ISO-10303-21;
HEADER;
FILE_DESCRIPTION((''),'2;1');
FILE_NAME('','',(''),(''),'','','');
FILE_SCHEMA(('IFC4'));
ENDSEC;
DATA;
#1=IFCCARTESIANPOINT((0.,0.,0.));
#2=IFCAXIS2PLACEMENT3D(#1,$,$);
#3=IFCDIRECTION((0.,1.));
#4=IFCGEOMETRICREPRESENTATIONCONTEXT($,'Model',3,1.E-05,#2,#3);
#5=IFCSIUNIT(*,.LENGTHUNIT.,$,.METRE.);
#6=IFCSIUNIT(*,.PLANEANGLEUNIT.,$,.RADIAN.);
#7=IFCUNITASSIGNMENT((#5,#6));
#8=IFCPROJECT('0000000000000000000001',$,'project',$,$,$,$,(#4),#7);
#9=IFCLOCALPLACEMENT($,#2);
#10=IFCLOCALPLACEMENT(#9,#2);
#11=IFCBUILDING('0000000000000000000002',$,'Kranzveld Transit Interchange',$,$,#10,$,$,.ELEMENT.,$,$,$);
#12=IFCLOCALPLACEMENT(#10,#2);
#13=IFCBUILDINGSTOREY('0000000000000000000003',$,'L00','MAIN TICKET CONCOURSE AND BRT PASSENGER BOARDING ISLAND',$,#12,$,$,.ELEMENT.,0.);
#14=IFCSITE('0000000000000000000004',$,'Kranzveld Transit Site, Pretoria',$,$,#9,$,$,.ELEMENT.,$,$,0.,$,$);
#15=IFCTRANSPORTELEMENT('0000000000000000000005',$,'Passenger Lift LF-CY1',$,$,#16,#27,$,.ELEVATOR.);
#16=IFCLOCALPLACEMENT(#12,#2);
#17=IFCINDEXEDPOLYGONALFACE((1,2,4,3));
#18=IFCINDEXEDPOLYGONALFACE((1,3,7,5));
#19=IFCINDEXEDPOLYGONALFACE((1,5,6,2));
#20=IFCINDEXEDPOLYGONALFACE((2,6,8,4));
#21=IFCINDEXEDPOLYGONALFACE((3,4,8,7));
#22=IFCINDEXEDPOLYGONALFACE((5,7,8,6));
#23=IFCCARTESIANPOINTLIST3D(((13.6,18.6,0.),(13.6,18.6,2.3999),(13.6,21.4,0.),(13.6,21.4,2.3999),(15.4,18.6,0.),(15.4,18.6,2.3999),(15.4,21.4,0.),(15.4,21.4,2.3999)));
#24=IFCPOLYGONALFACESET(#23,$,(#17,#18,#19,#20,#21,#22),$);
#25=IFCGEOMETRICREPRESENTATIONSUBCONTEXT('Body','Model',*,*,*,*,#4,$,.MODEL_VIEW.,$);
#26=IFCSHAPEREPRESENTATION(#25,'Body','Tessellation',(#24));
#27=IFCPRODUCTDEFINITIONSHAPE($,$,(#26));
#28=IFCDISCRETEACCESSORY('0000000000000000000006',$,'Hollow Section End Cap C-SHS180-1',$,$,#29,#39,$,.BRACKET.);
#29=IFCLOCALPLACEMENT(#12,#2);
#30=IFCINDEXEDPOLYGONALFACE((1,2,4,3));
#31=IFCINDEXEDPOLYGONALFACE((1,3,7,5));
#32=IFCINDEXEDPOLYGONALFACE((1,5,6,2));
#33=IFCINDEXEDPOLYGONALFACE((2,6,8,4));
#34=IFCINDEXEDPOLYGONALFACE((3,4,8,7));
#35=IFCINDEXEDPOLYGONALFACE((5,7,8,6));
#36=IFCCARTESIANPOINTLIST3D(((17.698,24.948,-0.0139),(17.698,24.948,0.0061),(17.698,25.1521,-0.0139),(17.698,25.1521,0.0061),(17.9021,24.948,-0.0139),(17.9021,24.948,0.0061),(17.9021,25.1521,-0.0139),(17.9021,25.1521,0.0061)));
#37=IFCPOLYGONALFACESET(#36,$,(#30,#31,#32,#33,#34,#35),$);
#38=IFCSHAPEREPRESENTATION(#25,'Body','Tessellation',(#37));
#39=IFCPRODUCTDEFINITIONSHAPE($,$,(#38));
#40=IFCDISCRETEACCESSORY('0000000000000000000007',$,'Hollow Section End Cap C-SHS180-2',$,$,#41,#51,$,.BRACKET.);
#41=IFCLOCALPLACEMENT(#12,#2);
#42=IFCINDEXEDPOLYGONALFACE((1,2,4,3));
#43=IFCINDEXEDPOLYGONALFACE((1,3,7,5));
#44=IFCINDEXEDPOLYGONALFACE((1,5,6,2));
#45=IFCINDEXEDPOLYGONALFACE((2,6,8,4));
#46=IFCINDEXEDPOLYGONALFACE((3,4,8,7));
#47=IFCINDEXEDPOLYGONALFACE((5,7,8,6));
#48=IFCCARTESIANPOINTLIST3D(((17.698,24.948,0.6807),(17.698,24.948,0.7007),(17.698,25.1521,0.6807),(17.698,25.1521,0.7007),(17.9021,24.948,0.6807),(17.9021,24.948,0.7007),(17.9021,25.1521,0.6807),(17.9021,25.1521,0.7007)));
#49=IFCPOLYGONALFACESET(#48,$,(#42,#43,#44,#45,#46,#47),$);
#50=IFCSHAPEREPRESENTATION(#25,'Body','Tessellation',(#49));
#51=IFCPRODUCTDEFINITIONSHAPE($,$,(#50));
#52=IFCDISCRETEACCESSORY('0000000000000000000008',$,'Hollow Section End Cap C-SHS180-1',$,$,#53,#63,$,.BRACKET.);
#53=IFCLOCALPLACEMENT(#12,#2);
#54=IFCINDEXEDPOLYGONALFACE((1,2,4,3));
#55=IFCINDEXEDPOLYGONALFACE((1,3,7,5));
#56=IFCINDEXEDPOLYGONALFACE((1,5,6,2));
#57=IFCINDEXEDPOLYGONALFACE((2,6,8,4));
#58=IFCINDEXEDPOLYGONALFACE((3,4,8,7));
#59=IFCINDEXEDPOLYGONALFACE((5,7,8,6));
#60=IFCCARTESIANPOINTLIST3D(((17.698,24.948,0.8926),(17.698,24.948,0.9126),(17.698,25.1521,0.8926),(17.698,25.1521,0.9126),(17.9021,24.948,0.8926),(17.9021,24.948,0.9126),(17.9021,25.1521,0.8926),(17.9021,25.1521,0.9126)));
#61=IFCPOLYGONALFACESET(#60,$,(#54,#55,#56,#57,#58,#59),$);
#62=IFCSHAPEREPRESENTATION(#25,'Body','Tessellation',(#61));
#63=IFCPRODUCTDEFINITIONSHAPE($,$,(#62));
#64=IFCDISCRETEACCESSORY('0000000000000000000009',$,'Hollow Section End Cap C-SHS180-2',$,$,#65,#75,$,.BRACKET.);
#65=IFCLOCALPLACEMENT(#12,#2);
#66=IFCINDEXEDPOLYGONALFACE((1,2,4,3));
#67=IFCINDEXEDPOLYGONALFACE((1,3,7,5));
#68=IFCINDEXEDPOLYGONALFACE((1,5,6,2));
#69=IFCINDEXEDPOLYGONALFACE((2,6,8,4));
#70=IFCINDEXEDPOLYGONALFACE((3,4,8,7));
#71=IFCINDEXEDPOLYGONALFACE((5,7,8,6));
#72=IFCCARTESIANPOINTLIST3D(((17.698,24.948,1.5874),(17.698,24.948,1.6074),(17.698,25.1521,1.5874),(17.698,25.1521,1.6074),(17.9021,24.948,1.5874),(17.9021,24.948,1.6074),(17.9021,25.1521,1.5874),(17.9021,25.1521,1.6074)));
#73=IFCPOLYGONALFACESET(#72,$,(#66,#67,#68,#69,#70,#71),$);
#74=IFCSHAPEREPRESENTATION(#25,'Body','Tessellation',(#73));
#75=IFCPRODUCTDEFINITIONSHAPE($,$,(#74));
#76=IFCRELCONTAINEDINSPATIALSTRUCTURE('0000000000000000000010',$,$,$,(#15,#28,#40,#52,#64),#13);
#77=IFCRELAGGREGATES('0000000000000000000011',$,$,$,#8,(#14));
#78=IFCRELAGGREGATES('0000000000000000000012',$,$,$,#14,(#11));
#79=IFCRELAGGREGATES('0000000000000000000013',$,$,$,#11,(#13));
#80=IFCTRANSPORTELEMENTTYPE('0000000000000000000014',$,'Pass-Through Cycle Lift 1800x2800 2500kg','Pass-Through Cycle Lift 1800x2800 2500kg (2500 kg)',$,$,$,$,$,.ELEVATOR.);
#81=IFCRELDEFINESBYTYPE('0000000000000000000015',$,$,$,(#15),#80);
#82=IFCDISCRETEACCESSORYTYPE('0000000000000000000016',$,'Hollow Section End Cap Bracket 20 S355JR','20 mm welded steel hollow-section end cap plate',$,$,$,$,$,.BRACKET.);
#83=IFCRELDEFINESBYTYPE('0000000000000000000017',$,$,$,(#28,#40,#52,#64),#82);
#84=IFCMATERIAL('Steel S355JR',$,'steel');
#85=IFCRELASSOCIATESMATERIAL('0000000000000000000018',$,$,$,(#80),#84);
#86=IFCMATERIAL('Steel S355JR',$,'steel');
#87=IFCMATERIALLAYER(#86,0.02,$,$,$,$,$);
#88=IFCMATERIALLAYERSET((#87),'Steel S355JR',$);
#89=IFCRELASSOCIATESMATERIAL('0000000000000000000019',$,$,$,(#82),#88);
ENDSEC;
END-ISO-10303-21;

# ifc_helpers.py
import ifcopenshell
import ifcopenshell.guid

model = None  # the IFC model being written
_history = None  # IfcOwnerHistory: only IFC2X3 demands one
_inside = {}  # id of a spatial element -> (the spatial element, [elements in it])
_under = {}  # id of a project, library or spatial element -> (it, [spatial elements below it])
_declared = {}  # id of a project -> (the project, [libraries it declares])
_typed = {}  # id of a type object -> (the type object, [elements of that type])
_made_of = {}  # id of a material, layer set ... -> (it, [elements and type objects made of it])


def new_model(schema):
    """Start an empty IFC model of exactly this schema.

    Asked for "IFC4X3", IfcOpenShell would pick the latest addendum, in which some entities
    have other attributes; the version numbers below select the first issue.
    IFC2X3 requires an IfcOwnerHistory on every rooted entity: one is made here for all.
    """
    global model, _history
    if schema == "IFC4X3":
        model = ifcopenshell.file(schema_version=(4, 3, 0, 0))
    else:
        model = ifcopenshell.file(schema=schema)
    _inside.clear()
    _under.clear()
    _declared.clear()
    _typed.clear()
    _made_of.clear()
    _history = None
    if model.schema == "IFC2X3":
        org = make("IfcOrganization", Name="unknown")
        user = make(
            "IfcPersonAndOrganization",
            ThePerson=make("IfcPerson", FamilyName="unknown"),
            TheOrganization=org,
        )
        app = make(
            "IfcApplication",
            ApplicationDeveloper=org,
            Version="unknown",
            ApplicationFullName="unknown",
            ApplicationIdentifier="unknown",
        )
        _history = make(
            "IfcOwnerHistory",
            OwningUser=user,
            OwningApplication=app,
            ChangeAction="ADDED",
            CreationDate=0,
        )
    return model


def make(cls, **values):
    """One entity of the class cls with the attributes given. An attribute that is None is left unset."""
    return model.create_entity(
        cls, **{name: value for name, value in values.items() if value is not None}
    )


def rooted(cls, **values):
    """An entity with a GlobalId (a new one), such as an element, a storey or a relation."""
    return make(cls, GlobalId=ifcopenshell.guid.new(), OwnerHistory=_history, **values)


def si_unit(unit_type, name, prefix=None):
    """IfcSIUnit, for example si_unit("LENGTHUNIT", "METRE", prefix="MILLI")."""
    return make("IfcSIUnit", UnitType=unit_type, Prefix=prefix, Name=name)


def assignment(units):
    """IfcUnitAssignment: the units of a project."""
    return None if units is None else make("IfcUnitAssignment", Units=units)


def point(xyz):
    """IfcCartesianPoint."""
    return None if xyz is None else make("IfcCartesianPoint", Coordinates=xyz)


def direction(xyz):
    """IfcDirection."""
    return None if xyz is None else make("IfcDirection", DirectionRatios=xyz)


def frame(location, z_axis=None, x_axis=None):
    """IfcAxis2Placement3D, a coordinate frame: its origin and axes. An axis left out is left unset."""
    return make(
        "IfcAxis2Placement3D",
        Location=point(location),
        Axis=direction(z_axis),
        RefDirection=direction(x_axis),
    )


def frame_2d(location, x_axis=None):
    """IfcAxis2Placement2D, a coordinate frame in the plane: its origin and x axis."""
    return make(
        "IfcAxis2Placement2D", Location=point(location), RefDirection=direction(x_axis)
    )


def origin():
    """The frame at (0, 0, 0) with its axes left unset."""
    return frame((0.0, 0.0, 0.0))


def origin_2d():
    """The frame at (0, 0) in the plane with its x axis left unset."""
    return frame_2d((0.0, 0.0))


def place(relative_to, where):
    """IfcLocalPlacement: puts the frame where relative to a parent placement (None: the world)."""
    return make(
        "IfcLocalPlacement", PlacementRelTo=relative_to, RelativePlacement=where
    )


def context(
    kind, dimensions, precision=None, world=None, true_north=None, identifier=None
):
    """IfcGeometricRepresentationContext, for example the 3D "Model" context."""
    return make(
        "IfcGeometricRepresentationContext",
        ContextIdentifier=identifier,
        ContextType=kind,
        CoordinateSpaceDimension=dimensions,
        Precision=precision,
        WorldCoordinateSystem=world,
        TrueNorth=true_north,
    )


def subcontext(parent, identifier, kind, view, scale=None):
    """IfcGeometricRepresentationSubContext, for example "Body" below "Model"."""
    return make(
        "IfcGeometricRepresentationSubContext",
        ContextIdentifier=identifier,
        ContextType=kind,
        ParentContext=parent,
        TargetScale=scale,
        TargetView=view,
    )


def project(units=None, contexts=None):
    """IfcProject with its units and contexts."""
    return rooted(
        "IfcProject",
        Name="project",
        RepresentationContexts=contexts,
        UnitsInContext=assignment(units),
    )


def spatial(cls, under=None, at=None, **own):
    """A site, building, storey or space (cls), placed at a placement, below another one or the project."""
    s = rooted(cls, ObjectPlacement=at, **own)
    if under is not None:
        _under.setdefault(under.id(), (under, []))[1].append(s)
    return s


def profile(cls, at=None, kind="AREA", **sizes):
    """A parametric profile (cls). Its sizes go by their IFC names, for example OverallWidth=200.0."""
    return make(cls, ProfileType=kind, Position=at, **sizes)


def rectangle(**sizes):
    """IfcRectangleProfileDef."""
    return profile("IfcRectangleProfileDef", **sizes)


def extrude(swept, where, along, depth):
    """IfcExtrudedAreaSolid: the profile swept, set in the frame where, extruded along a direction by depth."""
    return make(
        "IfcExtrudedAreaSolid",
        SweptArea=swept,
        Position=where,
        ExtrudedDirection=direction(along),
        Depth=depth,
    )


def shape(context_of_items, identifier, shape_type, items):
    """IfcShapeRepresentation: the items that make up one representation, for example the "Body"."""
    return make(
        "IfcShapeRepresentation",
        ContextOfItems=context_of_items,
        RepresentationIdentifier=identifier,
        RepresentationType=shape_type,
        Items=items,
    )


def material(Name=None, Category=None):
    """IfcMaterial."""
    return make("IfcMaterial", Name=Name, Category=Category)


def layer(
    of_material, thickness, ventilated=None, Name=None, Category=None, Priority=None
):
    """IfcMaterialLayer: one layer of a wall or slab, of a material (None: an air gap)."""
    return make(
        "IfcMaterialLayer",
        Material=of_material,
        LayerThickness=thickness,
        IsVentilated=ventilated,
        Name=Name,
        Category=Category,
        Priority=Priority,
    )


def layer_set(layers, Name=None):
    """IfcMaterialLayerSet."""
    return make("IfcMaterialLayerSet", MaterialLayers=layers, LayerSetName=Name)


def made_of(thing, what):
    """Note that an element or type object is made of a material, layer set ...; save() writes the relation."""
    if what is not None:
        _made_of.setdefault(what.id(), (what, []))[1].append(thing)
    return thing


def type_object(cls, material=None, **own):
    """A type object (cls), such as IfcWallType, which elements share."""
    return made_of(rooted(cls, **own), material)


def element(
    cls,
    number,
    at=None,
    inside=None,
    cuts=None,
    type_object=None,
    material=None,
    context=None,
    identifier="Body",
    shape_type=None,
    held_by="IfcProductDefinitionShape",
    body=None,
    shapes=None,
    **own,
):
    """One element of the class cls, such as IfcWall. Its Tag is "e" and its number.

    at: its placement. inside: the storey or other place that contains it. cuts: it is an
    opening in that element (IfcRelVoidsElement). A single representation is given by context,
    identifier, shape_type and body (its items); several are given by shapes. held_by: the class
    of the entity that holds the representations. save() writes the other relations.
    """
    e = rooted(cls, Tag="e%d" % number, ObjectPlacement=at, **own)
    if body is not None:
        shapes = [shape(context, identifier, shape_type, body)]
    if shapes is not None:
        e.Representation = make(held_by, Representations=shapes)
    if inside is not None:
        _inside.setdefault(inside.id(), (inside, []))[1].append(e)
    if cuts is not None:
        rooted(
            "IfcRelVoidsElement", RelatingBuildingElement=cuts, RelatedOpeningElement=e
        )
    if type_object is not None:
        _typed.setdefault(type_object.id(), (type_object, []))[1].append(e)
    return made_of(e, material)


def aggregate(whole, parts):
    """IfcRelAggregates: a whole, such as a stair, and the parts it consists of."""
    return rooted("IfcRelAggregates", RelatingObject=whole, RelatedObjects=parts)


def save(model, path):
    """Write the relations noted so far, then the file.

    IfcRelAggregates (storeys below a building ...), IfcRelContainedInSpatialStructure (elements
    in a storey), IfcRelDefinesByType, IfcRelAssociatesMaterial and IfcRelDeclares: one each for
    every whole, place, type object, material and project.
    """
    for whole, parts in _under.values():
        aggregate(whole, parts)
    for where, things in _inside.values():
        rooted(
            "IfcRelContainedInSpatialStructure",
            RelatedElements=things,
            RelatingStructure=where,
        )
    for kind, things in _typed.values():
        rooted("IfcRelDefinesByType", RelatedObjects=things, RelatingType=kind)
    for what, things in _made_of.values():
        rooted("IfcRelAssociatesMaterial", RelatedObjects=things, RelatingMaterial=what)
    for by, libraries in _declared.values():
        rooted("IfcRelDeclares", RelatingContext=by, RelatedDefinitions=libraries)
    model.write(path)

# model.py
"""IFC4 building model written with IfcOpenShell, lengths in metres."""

from ifc_helpers import new_model, si_unit, direction, frame, origin, origin_2d, place, context, subcontext, project, spatial, rectangle, extrude, material, layer, layer_set, type_object, element, save


model = new_model("IFC4")

# Units and contexts
model_context = context("Model", 3, precision=1e-05, world=origin(), true_north=direction((0.0, 1.0)))
body_context = subcontext(model_context, "Body", "Model", "MODEL_VIEW")
ifc_project = project(units=[si_unit("LENGTHUNIT", "METRE"), si_unit("PLANEANGLEUNIT", "RADIAN")], contexts=[model_context])

# Site, building, storey
site_placement = place(None, origin())
site = spatial("IfcSite", under=ifc_project, at=site_placement, Name="Kranzveld Transit Site, Pretoria", CompositionType="ELEMENT", RefElevation=0.0)
building_placement = place(site_placement, origin())
building = spatial("IfcBuilding", under=site, at=building_placement, Name="Kranzveld Transit Interchange", CompositionType="ELEMENT")
storey_placement = place(building_placement, origin())
storey = spatial("IfcBuildingStorey", under=building, at=storey_placement, Name="L00", Description="MAIN TICKET CONCOURSE AND BRT PASSENGER BOARDING ISLAND", CompositionType="ELEMENT", Elevation=0.0)

# Transport element
ifc_material_1 = material(Name="Steel S355JR", Category="steel")
transport_element_type = type_object("IfcTransportElementType", Name="Pass-Through Cycle Lift 1800x2800 2500kg", Description="Pass-Through Cycle Lift 1800x2800 2500kg (2500 kg)", PredefinedType="ELEVATOR", material=ifc_material_1)
transport_element_placement = place(storey_placement, frame((14.5, 20.0, 0.0), z_axis=(0.0, 0.0, 1.0), x_axis=(1.0, 0.0, 0.0)))
element("IfcTransportElement", 1, at=transport_element_placement, inside=storey, type_object=transport_element_type, Name="Passenger Lift LF-CY1", PredefinedType="ELEVATOR", context=body_context, shape_type="SweptSolid", body=[
    extrude(rectangle(XDim=1.8, YDim=2.8, at=origin_2d()), origin(), (0.0, 0.0, 1.0), 2.3999),
])

# Discrete accessories
ifc_material_2 = material(Name="Steel S355JR", Category="steel")
ifc_layer_1 = layer(ifc_material_2, 0.02)
ifc_layer_set_1 = layer_set([ifc_layer_1], Name="Steel S355JR")
discrete_accessory_type = type_object("IfcDiscreteAccessoryType", Name="Hollow Section End Cap Bracket 20 S355JR", Description="20 mm welded steel hollow-section end cap plate", PredefinedType="BRACKET", material=ifc_layer_set_1)
for number, where, z_axis, x_axis, name in (
    (2, (17.8, 25.05, 0.0061), (0.0, 0.0, -1.0), (1.0, 0.0, 0.0), "Hollow Section End Cap C-SHS180-1"),
    (3, (17.8, 25.05, 0.6807), (0.0, 0.0, 1.0), (1.0, 0.0, 0.0), "Hollow Section End Cap C-SHS180-2"),
    (4, (17.8, 25.05, 0.9126), (0.0, 0.0, -1.0), (1.0, 0.0, 0.0), "Hollow Section End Cap C-SHS180-1"),
    (5, (17.8, 25.05, 1.5874), (0.0, 0.0, 1.0), (1.0, 0.0, 0.0), "Hollow Section End Cap C-SHS180-2"),
):
    element("IfcDiscreteAccessory", number, at=place(storey_placement, frame(where, z_axis=z_axis, x_axis=x_axis)), inside=storey, type_object=discrete_accessory_type, Name=name, PredefinedType="BRACKET", context=body_context, shape_type="SweptSolid", body=[
        extrude(rectangle(XDim=0.2041, YDim=0.2041, at=origin_2d()), origin(), (0.0, 0.0, 1.0), 0.02),
    ])

save(model, "model.ifc")
